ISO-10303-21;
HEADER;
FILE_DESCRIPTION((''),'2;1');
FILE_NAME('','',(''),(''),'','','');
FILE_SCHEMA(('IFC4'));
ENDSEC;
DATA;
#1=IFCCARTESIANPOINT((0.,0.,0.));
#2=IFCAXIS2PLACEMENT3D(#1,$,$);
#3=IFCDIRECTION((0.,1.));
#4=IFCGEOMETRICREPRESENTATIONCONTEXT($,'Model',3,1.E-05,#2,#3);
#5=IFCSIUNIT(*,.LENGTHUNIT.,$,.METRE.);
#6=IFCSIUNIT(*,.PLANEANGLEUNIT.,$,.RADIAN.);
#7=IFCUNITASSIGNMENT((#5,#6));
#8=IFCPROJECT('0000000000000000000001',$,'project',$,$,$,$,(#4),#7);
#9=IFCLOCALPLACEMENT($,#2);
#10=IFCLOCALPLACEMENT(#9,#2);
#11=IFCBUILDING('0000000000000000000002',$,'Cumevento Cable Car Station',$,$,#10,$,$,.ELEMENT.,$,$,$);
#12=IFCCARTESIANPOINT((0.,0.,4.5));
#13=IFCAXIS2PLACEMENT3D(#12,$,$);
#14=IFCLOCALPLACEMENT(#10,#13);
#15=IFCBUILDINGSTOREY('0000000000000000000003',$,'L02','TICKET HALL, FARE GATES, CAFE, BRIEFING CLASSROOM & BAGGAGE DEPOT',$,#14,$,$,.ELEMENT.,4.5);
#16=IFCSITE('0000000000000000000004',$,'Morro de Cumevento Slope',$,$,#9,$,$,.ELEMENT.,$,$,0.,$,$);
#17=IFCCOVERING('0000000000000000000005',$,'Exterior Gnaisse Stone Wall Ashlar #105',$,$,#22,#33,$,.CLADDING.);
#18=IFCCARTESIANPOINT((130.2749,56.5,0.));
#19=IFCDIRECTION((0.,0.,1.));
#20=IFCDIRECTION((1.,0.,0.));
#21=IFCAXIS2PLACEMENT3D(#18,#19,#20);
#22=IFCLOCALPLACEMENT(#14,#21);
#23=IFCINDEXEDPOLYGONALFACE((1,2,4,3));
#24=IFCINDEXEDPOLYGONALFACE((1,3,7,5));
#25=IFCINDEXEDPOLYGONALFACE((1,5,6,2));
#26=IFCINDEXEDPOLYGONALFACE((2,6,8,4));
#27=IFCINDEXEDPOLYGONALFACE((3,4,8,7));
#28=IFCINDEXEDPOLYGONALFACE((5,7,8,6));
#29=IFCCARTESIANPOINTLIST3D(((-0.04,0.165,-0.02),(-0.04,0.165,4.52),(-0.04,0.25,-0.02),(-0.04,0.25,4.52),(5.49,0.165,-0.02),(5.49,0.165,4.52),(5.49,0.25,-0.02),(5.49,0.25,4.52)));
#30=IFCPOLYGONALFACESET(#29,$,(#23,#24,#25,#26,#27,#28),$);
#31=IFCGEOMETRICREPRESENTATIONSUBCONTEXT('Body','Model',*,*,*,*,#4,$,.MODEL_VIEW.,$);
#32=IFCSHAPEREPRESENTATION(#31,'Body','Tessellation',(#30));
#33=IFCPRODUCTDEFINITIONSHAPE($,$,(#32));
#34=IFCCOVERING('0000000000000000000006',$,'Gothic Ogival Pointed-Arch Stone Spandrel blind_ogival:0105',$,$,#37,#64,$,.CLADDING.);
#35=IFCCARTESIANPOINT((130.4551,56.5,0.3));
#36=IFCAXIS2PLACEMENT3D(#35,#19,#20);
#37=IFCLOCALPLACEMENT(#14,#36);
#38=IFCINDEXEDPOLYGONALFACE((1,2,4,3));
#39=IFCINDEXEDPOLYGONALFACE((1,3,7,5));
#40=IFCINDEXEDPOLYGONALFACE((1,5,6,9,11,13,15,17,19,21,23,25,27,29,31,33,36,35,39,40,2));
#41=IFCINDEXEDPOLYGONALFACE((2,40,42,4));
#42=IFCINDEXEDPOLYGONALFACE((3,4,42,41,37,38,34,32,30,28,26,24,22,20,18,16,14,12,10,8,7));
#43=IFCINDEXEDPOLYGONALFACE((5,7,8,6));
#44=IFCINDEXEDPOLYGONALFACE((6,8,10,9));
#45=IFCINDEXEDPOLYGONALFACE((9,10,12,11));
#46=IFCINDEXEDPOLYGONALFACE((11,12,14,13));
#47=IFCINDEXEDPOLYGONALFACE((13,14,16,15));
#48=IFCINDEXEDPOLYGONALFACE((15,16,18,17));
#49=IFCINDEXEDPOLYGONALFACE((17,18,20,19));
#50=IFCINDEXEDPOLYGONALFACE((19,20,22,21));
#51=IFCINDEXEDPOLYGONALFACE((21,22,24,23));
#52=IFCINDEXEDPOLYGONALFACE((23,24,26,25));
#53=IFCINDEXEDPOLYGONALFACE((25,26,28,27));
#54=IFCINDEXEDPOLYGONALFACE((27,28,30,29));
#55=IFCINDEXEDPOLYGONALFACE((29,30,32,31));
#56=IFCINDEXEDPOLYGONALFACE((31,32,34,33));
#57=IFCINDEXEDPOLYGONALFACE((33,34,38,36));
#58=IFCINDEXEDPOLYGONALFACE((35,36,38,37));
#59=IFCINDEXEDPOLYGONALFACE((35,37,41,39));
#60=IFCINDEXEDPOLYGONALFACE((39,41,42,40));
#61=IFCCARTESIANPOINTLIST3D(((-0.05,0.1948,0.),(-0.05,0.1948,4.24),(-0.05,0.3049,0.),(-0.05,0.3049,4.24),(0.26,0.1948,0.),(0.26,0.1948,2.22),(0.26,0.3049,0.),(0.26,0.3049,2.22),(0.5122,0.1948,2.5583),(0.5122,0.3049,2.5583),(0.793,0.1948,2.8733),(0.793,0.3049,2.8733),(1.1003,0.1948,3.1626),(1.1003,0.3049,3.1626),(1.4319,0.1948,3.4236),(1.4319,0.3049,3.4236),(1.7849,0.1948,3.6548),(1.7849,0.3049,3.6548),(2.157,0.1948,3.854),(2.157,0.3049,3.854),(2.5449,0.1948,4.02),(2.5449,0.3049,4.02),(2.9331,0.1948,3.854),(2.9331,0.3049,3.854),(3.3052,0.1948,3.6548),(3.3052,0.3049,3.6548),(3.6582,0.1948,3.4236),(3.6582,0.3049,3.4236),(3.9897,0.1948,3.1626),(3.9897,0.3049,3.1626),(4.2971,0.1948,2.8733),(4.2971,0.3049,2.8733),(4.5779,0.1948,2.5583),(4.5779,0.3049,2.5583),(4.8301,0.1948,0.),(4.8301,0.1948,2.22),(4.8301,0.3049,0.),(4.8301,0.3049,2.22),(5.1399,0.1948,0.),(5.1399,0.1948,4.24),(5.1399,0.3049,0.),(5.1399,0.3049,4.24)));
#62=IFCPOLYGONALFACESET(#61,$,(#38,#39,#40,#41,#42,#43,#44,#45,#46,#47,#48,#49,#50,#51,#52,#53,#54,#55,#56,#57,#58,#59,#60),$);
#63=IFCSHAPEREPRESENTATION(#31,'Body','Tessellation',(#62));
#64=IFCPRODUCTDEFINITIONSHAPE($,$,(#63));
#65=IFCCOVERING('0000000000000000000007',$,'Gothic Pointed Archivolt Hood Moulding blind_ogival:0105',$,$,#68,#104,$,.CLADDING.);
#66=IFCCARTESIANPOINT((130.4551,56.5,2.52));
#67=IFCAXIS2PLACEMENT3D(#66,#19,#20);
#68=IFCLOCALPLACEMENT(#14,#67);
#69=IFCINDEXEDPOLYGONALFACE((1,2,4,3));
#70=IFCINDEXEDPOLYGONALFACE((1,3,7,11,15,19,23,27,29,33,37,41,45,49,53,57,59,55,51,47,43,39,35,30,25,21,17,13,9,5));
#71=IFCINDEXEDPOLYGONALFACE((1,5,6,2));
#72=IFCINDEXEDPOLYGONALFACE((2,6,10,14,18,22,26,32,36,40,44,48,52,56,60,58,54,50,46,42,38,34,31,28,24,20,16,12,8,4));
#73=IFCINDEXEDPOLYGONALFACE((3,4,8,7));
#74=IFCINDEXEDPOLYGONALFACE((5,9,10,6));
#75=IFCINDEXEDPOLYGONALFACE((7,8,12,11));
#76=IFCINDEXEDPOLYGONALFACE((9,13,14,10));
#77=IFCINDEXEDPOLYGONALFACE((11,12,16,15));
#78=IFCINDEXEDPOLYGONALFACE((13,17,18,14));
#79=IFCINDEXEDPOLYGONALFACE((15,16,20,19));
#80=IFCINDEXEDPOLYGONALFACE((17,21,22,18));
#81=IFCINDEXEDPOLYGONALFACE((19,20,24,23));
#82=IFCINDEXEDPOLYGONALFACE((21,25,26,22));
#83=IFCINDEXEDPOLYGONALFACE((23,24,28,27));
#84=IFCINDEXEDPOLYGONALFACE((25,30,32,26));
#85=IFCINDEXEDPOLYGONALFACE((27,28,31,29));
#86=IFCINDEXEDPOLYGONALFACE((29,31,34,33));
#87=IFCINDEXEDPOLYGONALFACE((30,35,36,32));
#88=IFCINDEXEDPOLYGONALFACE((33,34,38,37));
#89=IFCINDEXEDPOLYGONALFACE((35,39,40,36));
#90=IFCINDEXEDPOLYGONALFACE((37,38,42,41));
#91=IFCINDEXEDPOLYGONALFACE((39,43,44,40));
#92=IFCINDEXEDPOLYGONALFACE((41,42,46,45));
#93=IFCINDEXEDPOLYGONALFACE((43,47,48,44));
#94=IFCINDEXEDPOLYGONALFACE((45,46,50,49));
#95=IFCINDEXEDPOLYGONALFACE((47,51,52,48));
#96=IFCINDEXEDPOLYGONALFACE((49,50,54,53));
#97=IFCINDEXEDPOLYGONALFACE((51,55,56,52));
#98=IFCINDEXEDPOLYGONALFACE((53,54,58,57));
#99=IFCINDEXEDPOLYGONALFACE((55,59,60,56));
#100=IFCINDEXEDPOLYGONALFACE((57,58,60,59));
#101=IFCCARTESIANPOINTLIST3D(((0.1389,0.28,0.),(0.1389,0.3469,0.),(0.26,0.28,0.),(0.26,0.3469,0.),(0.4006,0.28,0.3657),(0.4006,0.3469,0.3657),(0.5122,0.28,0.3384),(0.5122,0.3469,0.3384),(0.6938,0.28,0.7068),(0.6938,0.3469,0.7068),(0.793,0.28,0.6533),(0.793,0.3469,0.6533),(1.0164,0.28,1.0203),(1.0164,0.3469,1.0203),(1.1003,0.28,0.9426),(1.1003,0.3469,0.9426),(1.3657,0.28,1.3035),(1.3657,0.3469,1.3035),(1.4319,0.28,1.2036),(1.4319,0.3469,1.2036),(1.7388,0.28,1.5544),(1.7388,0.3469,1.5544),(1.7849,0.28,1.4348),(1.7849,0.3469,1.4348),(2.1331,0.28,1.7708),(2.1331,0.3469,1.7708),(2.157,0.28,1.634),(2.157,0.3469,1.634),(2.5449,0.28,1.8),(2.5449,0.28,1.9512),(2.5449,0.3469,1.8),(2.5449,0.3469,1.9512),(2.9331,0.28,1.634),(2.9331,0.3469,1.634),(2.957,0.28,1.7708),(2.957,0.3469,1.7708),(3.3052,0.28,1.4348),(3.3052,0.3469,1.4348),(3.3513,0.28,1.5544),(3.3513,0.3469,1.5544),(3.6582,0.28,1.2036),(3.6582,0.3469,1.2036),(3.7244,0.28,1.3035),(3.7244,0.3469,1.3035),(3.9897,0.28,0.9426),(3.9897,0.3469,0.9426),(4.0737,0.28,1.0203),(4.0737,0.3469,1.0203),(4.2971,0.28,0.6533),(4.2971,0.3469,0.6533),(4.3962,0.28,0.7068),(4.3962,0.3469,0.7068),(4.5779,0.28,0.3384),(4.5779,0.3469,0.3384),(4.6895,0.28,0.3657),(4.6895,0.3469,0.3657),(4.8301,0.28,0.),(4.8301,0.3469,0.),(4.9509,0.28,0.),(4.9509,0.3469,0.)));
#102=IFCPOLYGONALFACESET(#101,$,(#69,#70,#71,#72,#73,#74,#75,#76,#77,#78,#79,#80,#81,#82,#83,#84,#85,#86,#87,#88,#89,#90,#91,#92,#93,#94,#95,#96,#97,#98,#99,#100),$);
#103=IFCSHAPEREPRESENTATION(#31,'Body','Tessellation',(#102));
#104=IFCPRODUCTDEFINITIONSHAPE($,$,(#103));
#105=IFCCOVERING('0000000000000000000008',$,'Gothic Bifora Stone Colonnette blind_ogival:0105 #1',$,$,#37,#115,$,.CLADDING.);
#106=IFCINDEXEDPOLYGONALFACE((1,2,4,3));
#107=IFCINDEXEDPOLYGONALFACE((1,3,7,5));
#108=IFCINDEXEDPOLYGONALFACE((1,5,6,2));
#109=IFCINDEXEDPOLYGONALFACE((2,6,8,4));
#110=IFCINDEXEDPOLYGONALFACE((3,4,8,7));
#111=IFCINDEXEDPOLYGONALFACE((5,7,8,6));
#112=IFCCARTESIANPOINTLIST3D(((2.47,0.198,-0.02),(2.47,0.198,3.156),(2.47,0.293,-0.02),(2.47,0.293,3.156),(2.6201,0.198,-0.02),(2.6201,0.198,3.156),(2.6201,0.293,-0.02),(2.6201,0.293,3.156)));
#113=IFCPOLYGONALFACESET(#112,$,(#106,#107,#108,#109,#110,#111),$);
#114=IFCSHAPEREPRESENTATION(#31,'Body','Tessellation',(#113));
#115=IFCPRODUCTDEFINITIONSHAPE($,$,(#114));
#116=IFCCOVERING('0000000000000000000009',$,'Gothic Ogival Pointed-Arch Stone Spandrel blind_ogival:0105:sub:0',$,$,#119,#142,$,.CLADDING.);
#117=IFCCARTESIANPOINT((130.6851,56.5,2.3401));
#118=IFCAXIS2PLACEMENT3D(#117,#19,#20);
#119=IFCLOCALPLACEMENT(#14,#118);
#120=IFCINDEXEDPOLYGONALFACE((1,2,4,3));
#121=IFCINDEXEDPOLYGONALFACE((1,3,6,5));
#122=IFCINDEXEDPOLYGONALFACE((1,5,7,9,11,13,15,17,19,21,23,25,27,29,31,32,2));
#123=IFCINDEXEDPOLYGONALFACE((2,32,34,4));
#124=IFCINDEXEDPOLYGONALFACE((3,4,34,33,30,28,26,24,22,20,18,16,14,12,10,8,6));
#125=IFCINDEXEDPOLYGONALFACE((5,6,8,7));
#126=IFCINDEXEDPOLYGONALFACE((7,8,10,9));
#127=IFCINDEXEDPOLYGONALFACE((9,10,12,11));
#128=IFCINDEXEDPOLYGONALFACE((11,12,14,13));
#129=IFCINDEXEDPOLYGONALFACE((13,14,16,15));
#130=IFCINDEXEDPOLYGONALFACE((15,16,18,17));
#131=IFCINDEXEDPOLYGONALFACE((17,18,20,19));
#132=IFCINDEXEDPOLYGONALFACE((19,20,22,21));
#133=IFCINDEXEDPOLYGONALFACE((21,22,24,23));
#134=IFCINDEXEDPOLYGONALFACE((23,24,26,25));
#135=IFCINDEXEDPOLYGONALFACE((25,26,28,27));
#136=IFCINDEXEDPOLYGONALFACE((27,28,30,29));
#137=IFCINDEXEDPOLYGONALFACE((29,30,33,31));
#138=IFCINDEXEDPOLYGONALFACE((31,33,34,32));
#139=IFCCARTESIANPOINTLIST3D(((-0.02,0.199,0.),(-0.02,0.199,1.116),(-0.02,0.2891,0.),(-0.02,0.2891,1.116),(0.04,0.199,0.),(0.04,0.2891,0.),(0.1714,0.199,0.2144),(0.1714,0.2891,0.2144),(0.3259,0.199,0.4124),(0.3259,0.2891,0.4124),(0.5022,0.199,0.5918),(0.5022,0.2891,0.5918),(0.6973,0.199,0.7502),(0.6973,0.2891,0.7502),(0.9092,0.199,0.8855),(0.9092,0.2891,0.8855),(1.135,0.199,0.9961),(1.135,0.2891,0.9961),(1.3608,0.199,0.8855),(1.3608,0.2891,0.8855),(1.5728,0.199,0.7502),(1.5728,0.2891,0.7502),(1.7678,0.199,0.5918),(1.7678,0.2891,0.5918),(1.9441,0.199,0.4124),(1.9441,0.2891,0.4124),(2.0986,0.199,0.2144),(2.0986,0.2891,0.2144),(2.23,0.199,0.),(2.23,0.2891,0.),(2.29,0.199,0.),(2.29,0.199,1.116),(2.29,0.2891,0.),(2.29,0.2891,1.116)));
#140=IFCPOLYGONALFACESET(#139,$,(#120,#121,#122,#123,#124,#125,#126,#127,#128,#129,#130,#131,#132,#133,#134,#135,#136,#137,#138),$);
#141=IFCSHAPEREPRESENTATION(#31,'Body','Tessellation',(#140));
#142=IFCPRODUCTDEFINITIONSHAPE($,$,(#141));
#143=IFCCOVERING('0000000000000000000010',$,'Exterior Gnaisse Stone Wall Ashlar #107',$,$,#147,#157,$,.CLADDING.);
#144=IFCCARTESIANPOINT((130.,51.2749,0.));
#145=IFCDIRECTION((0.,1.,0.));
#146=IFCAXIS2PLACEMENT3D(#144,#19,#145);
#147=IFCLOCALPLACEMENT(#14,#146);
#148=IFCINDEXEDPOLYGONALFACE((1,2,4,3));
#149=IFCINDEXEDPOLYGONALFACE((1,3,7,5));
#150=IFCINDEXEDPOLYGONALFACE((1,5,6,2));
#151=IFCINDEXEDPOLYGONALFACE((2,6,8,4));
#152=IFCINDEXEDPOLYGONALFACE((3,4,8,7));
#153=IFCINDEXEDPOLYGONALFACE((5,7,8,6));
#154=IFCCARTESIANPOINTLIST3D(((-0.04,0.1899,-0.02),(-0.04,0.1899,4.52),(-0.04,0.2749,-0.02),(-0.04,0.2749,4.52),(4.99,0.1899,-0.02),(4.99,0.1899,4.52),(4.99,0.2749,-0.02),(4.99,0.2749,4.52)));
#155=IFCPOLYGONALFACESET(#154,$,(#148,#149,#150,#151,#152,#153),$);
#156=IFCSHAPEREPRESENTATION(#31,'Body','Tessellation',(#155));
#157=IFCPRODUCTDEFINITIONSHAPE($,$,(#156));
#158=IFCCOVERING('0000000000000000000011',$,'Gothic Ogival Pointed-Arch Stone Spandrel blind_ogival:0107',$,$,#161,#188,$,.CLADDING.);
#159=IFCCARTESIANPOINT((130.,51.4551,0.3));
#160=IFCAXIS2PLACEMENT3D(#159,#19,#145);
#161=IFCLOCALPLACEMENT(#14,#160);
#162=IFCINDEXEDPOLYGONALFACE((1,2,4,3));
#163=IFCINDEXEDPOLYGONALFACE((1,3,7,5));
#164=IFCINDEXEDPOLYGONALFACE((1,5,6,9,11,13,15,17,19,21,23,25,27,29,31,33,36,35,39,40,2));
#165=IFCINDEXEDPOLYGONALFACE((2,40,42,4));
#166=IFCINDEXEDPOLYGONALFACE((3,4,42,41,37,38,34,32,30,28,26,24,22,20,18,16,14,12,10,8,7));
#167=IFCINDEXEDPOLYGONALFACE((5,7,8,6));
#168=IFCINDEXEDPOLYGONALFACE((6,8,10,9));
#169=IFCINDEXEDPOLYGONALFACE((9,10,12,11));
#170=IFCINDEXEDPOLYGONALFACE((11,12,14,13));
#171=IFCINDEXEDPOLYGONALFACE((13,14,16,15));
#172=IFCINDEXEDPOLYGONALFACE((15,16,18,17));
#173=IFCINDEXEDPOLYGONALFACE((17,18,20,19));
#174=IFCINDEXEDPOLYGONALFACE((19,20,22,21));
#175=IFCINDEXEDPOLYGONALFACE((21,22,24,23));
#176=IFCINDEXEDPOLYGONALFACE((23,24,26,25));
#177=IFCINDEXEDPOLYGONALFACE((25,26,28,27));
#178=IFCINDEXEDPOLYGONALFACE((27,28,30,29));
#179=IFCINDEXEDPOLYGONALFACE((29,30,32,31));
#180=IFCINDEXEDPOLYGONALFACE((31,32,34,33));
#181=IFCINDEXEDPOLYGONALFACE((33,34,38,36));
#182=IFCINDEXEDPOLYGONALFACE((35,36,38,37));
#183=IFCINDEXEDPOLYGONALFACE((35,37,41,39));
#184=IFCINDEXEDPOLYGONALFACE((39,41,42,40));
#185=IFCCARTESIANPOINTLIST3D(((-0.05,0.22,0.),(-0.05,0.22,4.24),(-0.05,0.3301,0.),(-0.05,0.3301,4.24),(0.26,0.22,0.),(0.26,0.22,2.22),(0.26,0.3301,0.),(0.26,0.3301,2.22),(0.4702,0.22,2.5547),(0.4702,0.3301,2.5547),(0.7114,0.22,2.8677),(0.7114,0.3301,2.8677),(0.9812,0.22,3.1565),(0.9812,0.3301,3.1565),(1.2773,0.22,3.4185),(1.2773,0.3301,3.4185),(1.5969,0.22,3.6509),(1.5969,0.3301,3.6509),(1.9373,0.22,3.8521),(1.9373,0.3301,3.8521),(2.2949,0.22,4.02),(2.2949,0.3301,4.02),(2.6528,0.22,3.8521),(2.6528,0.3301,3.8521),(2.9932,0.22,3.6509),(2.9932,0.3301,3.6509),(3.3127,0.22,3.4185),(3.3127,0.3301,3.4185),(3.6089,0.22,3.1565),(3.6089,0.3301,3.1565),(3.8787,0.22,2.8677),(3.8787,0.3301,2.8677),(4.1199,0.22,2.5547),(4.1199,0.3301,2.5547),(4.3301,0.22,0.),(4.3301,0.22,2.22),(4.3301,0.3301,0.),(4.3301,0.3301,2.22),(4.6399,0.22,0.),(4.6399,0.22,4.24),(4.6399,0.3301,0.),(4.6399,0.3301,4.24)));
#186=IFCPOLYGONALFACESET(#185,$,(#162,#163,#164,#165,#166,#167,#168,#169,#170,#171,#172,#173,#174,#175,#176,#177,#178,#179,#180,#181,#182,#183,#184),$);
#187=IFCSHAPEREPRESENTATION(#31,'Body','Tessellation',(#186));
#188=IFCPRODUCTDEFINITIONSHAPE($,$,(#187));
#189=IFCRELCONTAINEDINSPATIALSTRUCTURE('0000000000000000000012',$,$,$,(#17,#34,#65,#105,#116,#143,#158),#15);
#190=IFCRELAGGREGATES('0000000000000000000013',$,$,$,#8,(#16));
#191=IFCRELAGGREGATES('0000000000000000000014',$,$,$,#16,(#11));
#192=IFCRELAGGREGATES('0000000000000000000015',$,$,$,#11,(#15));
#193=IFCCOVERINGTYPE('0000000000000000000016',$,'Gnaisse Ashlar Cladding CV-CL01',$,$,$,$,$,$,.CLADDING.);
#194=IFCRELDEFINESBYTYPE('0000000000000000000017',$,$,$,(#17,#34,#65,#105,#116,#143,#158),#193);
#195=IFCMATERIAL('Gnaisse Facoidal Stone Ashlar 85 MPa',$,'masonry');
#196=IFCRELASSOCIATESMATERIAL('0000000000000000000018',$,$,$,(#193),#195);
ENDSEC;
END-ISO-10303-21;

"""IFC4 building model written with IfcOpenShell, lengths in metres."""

from ifc_helpers import new_model, si_unit, direction, frame, origin, place, context, subcontext, project, spatial, polyline, outline, extrude, material, type_object, element, save


model = new_model("IFC4")

# Units and contexts
model_context = context("Model", 3, precision=1e-05, world=origin(), true_north=direction((0.0, 1.0)))
body_context = subcontext(model_context, "Body", "Model", "MODEL_VIEW")
ifc_project = project(units=[si_unit("LENGTHUNIT", "METRE"), si_unit("PLANEANGLEUNIT", "RADIAN")], contexts=[model_context])

# Site, building, storey
site_placement = place(None, origin())
site = spatial("IfcSite", under=ifc_project, at=site_placement, Name="Morro de Cumevento Slope", CompositionType="ELEMENT", RefElevation=0.0)
building_placement = place(site_placement, origin())
building = spatial("IfcBuilding", under=site, at=building_placement, Name="Cumevento Cable Car Station", CompositionType="ELEMENT")
storey_placement = place(building_placement, frame((0.0, 0.0, 4.5)))
storey = spatial("IfcBuildingStorey", under=building, at=storey_placement, Name="L02", Description="TICKET HALL, FARE GATES, CAFE, BRIEFING CLASSROOM & BAGGAGE DEPOT", CompositionType="ELEMENT", Elevation=4.5)

# Coverings
ifc_material_1 = material(Name="Gnaisse Facoidal Stone Ashlar 85 MPa", Category="masonry")
covering_type = type_object("IfcCoveringType", Name="Gnaisse Ashlar Cladding CV-CL01", PredefinedType="CLADDING", material=ifc_material_1)
covering_1_placement = place(storey_placement, frame((130.2749, 56.5, 0.0), z_axis=(0.0, 0.0, 1.0), x_axis=(1.0, 0.0, 0.0)))
element("IfcCovering", 1, at=covering_1_placement, inside=storey, type_object=covering_type, Name="Exterior Gnaisse Stone Wall Ashlar #105", PredefinedType="CLADDING", context=body_context, shape_type="SweptSolid", body=[
    extrude(outline(polyline([(-0.04, -0.02), (5.49, -0.02), (5.49, 4.52), (-0.04, 4.52), (-0.04, -0.02)])), frame((0.0, 0.25, 0.0), z_axis=(0.0, -1.0, 0.0), x_axis=(1.0, 0.0, 0.0)), (0.0, 0.0, 1.0), 0.085),
])
placement_1 = place(storey_placement, frame((130.4551, 56.5, 0.3), z_axis=(0.0, 0.0, 1.0), x_axis=(1.0, 0.0, 0.0)))
element("IfcCovering", 2, at=placement_1, inside=storey, type_object=covering_type, Name="Gothic Ogival Pointed-Arch Stone Spandrel blind_ogival:0105", PredefinedType="CLADDING", context=body_context, shape_type="SweptSolid", body=[
    extrude(outline(polyline([(-0.05, 0.0), (-0.05, 4.24), (5.1399, 4.24), (5.1399, 0.0), (4.8301, 0.0), (4.8301, 2.22), (4.5779, 2.5583), (4.2971, 2.8733), (3.9897, 3.1626), (3.6582, 3.4236), (3.3052, 3.6548), (2.9331, 3.854), (2.5449, 4.02), (2.157, 3.854), (1.7849, 3.6548), (1.4319, 3.4236), (1.1003, 3.1626), (0.793, 2.8733), (0.5122, 2.5583), (0.26, 2.22), (0.26, 0.0), (-0.05, 0.0)])), frame((0.0, 0.3049, 0.0), z_axis=(0.0, -1.0, 0.0), x_axis=(1.0, 0.0, 0.0)), (0.0, 0.0, 1.0), 0.1101),
])
covering_2_placement = place(storey_placement, frame((130.4551, 56.5, 2.52), z_axis=(0.0, 0.0, 1.0), x_axis=(1.0, 0.0, 0.0)))
element("IfcCovering", 3, at=covering_2_placement, inside=storey, type_object=covering_type, Name="Gothic Pointed Archivolt Hood Moulding blind_ogival:0105", PredefinedType="CLADDING", context=body_context, shape_type="SweptSolid", body=[
    extrude(outline(polyline([(0.26, 0.0), (0.5122, 0.3384), (0.793, 0.6533), (1.1003, 0.9426), (1.4319, 1.2036), (1.7849, 1.4348), (2.157, 1.634), (2.5449, 1.8), (2.9331, 1.634), (3.3052, 1.4348), (3.6582, 1.2036), (3.9897, 0.9426), (4.2971, 0.6533), (4.5779, 0.3384), (4.8301, 0.0), (4.9509, 0.0), (4.6895, 0.3657), (4.3962, 0.7068), (4.0737, 1.0203), (3.7244, 1.3035), (3.3513, 1.5544), (2.957, 1.7708), (2.5449, 1.9512), (2.1331, 1.7708), (1.7388, 1.5544), (1.3657, 1.3035), (1.0164, 1.0203), (0.6938, 0.7068), (0.4006, 0.3657), (0.1389, 0.0), (0.26, 0.0)])), frame((0.0, 0.3469, 0.0), z_axis=(0.0, -1.0, 0.0), x_axis=(1.0, 0.0, 0.0)), (0.0, 0.0, 1.0), 0.0669),
])
element("IfcCovering", 4, at=placement_1, inside=storey, type_object=covering_type, Name="Gothic Bifora Stone Colonnette blind_ogival:0105 #1", PredefinedType="CLADDING", context=body_context, shape_type="SweptSolid", body=[
    extrude(outline(polyline([(2.47, -0.02), (2.6201, -0.02), (2.6201, 3.156), (2.47, 3.156), (2.47, -0.02)])), frame((0.0, 0.293, 0.0), z_axis=(0.0, -1.0, 0.0), x_axis=(1.0, 0.0, 0.0)), (0.0, 0.0, 1.0), 0.095),
])
covering_3_placement = place(storey_placement, frame((130.6851, 56.5, 2.3401), z_axis=(0.0, 0.0, 1.0), x_axis=(1.0, 0.0, 0.0)))
element("IfcCovering", 5, at=covering_3_placement, inside=storey, type_object=covering_type, Name="Gothic Ogival Pointed-Arch Stone Spandrel blind_ogival:0105:sub:0", PredefinedType="CLADDING", context=body_context, shape_type="SweptSolid", body=[
    extrude(outline(polyline([(-0.02, 0.0), (-0.02, 1.116), (2.29, 1.116), (2.29, 0.0), (2.23, 0.0), (2.0986, 0.2144), (1.9441, 0.4124), (1.7678, 0.5918), (1.5728, 0.7502), (1.3608, 0.8855), (1.135, 0.9961), (0.9092, 0.8855), (0.6973, 0.7502), (0.5022, 0.5918), (0.3259, 0.4124), (0.1714, 0.2144), (0.04, 0.0), (-0.02, 0.0)])), frame((0.0, 0.2891, 0.0), z_axis=(0.0, -1.0, 0.0), x_axis=(1.0, 0.0, 0.0)), (0.0, 0.0, 1.0), 0.0901),
])
covering_4_placement = place(storey_placement, frame((130.0, 51.2749, 0.0), z_axis=(0.0, 0.0, 1.0), x_axis=(0.0, 1.0, 0.0)))
element("IfcCovering", 6, at=covering_4_placement, inside=storey, type_object=covering_type, Name="Exterior Gnaisse Stone Wall Ashlar #107", PredefinedType="CLADDING", context=body_context, shape_type="SweptSolid", body=[
    extrude(outline(polyline([(-0.04, -0.02), (4.99, -0.02), (4.99, 4.52), (-0.04, 4.52), (-0.04, -0.02)])), frame((0.0, 0.2749, 0.0), z_axis=(0.0, -1.0, 0.0), x_axis=(1.0, 0.0, 0.0)), (0.0, 0.0, 1.0), 0.085),
])
placement_2 = place(storey_placement, frame((130.0, 51.4551, 0.3), z_axis=(0.0, 0.0, 1.0), x_axis=(0.0, 1.0, 0.0)))
element("IfcCovering", 7, at=placement_2, inside=storey, type_object=covering_type, Name="Gothic Ogival Pointed-Arch Stone Spandrel blind_ogival:0107", PredefinedType="CLADDING", context=body_context, shape_type="SweptSolid", body=[
    extrude(outline(polyline([(-0.05, 0.0), (-0.05, 4.24), (4.6399, 4.24), (4.6399, 0.0), (4.3301, 0.0), (4.3301, 2.22), (4.1199, 2.5547), (3.8787, 2.8677), (3.6089, 3.1565), (3.3127, 3.4185), (2.9932, 3.6509), (2.6528, 3.8521), (2.2949, 4.02), (1.9373, 3.8521), (1.5969, 3.6509), (1.2773, 3.4185), (0.9812, 3.1565), (0.7114, 2.8677), (0.4702, 2.5547), (0.26, 2.22), (0.26, 0.0), (-0.05, 0.0)])), frame((0.0, 0.3301, 0.0), z_axis=(0.0, -1.0, 0.0), x_axis=(1.0, 0.0, 0.0)), (0.0, 0.0, 1.0), 0.1101),
])

save(model, "model.ifc")
